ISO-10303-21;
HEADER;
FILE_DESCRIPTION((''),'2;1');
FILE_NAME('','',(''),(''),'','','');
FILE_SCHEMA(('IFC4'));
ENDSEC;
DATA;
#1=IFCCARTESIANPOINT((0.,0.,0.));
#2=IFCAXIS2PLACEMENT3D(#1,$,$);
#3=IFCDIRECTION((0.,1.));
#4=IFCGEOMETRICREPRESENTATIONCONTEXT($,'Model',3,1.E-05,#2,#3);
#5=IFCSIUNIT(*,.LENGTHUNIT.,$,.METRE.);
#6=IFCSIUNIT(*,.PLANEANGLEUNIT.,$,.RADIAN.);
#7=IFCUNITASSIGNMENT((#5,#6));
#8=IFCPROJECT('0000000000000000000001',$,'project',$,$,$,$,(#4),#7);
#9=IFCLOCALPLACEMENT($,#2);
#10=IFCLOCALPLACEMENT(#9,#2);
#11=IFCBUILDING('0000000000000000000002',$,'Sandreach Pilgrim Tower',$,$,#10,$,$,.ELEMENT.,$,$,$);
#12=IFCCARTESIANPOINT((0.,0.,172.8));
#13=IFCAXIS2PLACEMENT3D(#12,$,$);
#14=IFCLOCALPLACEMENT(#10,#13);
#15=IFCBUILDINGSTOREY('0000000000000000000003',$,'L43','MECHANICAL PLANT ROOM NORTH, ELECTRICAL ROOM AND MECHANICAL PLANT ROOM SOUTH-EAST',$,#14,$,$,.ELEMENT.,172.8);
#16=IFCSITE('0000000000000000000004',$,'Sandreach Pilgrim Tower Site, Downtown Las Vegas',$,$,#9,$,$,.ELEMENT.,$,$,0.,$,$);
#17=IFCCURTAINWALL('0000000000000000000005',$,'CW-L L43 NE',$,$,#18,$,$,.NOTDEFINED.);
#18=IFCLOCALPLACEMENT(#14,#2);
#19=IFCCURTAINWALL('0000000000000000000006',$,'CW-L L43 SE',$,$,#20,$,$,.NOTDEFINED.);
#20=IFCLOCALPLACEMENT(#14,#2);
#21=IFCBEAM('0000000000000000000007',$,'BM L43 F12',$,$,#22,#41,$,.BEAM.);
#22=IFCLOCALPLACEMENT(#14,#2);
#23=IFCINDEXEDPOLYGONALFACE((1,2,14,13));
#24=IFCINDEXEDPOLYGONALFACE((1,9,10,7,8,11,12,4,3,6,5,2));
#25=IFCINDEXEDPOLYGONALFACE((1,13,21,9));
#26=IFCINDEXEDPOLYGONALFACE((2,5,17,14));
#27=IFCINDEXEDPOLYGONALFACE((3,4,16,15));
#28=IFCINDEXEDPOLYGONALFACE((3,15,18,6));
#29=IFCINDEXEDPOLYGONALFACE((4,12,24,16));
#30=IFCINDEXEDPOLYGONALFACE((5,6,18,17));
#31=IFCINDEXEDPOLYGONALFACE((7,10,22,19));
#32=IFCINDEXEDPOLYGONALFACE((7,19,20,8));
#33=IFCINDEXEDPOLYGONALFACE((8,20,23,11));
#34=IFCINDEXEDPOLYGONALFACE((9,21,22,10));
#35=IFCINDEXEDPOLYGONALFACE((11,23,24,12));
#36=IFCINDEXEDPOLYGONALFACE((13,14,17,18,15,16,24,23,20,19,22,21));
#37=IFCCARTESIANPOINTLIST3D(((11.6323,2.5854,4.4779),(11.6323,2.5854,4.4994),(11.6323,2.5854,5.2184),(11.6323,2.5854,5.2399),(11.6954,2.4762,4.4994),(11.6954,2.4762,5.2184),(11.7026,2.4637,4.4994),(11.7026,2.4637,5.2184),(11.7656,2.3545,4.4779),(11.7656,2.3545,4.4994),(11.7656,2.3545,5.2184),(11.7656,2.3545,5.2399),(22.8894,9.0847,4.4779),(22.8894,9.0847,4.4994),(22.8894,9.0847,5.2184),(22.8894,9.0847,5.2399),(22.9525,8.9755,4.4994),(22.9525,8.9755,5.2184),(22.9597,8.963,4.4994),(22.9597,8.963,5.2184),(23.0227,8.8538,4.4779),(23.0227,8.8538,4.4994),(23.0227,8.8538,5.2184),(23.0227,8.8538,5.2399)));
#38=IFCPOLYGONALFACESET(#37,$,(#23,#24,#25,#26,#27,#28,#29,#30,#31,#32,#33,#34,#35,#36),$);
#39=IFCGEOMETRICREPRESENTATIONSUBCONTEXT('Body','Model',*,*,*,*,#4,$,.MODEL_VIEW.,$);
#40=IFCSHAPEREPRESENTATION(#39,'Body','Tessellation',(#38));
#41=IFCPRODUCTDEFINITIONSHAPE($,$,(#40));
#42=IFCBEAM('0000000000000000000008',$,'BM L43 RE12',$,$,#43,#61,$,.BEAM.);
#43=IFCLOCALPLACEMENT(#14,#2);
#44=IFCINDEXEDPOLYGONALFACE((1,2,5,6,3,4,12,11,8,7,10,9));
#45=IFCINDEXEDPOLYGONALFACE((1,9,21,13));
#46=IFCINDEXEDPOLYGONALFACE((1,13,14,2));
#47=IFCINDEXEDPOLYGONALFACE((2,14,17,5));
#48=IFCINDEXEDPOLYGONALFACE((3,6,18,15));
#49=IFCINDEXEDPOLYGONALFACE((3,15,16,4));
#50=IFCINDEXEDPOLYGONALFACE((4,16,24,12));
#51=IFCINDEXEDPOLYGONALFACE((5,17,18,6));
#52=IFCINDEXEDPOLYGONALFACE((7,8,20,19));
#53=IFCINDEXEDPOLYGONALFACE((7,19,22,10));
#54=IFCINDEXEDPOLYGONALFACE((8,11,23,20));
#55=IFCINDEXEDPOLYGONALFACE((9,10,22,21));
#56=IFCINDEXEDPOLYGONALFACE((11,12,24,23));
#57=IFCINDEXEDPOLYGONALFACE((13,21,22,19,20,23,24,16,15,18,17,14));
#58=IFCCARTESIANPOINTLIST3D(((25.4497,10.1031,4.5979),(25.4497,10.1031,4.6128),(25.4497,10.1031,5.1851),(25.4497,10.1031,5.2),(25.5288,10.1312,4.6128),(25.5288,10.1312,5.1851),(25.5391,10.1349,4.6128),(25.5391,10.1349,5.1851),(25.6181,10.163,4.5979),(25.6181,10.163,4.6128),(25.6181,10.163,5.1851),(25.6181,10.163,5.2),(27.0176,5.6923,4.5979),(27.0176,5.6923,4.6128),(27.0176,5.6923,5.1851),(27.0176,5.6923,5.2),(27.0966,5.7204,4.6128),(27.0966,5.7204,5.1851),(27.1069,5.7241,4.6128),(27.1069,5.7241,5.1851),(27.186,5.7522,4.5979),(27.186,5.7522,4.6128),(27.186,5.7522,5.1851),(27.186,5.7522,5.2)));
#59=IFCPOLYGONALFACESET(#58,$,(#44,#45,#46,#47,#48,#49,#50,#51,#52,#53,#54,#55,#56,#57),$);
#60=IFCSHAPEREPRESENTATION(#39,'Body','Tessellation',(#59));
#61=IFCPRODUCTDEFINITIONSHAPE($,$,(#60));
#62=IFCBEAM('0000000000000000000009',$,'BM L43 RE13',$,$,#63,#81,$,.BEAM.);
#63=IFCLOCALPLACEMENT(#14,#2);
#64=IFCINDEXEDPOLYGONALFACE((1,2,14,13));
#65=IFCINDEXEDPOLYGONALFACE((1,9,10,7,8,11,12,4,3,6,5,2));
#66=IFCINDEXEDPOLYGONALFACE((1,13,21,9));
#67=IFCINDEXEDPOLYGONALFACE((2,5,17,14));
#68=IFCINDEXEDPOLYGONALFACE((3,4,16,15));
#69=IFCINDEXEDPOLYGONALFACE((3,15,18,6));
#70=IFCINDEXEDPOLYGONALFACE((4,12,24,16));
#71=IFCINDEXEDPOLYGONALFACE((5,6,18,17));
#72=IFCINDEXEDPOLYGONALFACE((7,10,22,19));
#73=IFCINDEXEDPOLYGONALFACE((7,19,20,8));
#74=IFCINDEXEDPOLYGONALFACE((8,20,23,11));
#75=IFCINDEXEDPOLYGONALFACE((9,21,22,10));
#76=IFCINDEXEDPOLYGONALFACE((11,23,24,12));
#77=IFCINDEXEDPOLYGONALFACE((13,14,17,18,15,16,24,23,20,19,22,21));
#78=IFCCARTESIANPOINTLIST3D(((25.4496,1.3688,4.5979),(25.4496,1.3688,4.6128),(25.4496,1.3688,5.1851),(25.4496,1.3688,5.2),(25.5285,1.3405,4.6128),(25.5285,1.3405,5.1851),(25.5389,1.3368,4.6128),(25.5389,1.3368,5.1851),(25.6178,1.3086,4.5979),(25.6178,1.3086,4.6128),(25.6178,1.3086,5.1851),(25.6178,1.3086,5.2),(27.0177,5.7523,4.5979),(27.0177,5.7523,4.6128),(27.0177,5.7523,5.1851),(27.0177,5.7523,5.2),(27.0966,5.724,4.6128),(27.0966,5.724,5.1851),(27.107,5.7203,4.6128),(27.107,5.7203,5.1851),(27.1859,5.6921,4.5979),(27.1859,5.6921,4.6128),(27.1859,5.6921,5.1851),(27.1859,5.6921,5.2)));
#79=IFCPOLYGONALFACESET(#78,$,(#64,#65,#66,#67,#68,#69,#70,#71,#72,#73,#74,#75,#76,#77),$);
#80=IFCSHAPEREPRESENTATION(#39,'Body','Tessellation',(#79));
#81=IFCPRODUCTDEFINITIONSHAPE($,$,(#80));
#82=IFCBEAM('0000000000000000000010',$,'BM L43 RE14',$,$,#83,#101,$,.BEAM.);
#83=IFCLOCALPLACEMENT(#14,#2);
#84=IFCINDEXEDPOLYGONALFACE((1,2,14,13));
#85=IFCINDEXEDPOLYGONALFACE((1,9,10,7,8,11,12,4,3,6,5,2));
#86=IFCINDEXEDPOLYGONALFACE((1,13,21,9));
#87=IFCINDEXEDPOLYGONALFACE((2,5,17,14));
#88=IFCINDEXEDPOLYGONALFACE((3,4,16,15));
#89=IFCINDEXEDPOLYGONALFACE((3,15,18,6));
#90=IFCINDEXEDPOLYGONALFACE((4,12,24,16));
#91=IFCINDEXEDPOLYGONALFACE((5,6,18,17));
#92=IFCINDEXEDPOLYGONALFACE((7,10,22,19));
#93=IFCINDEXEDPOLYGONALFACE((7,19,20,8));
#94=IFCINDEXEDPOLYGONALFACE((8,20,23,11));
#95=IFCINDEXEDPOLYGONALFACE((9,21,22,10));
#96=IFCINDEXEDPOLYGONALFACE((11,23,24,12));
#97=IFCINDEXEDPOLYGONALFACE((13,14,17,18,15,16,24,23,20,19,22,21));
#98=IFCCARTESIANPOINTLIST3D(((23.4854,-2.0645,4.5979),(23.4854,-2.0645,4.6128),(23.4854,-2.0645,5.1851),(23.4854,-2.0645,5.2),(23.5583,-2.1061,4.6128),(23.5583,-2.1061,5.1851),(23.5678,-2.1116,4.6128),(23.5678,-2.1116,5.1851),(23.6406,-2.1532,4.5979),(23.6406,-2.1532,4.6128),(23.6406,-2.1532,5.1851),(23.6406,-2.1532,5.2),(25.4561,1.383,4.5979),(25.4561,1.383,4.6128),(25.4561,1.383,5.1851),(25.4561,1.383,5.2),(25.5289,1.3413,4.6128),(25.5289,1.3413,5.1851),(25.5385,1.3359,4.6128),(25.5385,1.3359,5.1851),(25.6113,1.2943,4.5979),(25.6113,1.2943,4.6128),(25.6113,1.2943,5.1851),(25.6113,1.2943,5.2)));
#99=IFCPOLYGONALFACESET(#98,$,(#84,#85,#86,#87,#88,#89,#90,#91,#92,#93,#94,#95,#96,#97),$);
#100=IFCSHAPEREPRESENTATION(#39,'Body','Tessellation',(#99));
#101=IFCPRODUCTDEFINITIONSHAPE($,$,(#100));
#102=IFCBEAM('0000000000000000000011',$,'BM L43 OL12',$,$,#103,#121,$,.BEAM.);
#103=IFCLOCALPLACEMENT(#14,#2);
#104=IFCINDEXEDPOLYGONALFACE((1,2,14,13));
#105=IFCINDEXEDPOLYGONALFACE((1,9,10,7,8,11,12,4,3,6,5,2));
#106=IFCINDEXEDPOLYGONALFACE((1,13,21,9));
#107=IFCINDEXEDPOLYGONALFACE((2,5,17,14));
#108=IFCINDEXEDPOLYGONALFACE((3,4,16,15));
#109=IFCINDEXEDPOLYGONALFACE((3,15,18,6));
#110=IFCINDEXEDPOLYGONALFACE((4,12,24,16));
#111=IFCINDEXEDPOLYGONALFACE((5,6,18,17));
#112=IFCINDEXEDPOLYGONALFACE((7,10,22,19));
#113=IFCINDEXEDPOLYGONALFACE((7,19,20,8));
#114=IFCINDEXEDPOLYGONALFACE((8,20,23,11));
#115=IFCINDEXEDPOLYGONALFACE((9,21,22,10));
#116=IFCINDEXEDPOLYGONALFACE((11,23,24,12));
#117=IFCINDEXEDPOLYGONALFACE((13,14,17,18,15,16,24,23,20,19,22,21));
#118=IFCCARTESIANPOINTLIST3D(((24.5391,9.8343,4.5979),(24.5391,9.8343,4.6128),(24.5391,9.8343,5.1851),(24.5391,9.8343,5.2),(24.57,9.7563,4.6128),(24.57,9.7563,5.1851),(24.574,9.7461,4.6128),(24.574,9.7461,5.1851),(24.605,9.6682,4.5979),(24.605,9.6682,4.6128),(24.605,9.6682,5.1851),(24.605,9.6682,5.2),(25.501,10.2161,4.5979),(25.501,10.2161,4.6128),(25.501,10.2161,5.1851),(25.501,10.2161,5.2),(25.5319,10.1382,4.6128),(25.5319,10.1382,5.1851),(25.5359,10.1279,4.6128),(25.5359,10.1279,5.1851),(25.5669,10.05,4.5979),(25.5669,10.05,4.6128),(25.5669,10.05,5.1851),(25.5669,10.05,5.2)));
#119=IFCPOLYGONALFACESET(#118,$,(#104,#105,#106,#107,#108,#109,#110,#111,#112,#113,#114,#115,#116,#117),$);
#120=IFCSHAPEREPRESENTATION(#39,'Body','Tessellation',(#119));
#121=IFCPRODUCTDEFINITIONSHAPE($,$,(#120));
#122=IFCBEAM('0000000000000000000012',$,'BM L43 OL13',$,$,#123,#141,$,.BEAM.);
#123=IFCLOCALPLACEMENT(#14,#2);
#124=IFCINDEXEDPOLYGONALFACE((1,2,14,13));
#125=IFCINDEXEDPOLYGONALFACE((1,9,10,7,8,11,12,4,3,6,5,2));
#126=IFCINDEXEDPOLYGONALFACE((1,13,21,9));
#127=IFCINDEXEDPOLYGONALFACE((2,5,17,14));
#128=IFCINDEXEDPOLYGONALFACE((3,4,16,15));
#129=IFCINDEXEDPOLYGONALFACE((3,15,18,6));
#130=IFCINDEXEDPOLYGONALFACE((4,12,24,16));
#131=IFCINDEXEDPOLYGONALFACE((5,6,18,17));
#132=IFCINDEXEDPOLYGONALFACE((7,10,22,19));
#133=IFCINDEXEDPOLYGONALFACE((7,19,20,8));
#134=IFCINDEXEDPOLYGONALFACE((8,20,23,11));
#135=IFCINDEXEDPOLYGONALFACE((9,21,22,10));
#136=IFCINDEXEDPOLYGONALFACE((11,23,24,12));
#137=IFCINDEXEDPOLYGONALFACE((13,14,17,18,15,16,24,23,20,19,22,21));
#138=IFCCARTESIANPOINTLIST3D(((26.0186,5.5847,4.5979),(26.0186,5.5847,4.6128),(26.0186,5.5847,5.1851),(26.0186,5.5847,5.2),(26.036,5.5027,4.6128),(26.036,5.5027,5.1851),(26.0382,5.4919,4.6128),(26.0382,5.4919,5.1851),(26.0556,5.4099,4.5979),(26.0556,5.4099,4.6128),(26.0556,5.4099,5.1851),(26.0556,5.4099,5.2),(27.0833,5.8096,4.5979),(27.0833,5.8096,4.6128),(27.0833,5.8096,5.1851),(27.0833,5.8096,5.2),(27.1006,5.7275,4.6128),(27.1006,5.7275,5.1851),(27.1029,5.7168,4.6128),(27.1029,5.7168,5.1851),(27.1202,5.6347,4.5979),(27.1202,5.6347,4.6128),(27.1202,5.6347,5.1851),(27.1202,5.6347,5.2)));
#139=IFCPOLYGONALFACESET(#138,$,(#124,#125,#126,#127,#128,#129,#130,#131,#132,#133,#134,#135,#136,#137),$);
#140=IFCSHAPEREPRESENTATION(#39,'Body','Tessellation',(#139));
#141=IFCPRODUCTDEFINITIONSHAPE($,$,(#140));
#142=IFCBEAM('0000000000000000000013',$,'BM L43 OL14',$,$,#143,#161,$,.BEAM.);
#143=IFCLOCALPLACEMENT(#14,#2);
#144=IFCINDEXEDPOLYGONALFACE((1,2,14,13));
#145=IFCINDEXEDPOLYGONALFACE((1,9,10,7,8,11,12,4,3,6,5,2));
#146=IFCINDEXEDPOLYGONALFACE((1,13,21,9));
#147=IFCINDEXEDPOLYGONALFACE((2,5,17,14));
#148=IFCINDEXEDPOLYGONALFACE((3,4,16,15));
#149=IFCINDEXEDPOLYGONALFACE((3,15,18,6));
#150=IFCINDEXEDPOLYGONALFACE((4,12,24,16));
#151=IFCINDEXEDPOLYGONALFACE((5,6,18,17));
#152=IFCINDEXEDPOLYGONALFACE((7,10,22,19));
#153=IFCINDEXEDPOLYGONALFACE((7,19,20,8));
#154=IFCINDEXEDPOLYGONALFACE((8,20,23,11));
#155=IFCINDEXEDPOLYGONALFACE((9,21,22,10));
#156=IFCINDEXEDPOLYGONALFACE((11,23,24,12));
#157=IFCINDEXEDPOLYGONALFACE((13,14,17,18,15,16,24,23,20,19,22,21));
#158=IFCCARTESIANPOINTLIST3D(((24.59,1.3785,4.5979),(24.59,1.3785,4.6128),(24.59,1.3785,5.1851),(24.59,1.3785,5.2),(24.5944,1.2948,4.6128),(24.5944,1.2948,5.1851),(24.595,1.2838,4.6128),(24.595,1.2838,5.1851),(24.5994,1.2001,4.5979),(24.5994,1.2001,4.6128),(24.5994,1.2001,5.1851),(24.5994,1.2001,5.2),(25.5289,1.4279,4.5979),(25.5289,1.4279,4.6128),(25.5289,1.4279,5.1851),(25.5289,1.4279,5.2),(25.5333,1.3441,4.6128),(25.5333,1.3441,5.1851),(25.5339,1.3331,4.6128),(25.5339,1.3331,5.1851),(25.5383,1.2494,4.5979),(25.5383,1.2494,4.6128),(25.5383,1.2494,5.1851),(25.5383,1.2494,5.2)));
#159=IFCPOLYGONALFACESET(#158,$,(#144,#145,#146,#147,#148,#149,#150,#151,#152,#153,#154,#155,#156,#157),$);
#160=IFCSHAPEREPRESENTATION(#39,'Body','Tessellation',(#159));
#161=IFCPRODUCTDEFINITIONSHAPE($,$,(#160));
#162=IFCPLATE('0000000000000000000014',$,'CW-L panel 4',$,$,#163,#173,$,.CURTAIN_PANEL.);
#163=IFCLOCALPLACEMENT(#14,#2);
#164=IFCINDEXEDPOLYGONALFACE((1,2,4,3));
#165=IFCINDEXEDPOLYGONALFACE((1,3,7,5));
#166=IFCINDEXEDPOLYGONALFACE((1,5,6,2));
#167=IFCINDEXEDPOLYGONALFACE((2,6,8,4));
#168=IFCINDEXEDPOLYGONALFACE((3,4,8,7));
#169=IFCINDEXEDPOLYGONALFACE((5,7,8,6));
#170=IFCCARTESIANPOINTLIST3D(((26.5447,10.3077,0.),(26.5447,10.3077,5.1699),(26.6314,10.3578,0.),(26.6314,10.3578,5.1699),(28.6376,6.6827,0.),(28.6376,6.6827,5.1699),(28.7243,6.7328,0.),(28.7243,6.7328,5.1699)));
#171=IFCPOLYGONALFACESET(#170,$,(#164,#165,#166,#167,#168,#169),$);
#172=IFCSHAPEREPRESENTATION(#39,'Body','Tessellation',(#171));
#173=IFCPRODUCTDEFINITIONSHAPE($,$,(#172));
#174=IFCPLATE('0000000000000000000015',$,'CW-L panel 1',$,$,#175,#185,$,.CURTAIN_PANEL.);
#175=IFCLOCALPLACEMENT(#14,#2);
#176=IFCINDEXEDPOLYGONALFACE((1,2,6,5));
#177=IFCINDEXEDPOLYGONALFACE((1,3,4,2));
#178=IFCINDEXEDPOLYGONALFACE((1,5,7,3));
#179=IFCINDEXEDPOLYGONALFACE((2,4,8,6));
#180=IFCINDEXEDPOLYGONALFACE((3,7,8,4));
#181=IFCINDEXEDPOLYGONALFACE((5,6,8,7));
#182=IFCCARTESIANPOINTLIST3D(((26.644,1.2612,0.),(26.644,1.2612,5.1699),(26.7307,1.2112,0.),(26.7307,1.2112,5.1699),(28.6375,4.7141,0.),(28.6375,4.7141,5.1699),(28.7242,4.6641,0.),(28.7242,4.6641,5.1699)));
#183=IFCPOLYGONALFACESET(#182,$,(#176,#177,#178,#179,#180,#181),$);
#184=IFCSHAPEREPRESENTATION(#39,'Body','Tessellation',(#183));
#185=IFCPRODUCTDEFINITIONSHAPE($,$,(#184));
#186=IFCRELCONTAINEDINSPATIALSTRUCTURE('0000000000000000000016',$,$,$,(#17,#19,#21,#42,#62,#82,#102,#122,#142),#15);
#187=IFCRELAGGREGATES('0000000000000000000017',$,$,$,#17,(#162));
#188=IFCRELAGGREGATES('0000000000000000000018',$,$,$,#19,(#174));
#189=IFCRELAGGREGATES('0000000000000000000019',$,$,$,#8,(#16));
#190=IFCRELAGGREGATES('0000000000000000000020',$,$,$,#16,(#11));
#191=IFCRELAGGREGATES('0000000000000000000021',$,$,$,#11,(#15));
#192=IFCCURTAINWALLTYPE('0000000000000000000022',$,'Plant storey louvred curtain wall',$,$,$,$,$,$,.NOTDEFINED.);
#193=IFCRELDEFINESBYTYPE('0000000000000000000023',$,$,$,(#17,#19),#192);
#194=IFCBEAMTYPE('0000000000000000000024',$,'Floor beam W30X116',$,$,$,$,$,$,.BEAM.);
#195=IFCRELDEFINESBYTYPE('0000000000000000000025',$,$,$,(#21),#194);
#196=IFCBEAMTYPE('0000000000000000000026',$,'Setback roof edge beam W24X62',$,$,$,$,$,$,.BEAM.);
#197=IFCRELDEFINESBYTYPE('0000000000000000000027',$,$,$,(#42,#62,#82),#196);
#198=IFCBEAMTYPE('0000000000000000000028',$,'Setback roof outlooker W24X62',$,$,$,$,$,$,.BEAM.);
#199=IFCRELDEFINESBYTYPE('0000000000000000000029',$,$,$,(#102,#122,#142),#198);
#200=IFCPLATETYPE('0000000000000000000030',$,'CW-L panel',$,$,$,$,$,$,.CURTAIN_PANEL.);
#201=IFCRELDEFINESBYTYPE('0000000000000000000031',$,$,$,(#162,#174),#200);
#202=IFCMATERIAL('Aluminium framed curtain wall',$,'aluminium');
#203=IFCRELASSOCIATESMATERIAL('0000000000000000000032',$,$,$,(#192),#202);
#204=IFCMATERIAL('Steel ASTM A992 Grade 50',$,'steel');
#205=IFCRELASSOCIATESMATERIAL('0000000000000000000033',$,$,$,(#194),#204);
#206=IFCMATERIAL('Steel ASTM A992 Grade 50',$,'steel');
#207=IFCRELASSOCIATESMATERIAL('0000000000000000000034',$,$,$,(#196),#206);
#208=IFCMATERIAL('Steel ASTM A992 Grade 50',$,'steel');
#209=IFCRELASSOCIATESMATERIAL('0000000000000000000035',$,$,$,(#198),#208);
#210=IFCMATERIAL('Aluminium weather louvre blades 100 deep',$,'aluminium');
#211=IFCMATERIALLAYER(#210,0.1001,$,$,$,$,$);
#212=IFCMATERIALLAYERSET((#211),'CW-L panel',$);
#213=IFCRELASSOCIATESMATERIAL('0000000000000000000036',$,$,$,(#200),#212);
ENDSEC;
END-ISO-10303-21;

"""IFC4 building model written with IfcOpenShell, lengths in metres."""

from ifc_helpers import new_model, si_unit, direction, frame, origin, origin_2d, place, context, subcontext, project, spatial, rectangle, i_section, extrude, material, layer, layer_set, material_profile, profile_set, type_object, element, aggregate, save


model = new_model("IFC4")

# Units and contexts
model_context = context("Model", 3, precision=1e-05, world=origin(), true_north=direction((0.0, 1.0)))
body_context = subcontext(model_context, "Body", "Model", "MODEL_VIEW")
ifc_project = project(units=[si_unit("LENGTHUNIT", "METRE"), si_unit("PLANEANGLEUNIT", "RADIAN")], contexts=[model_context])

# Site, building, storey
site_placement = place(None, origin())
site = spatial("IfcSite", under=ifc_project, at=site_placement, Name="Sandreach Pilgrim Tower Site, Downtown Las Vegas", CompositionType="ELEMENT", RefElevation=0.0)
building_placement = place(site_placement, origin())
building = spatial("IfcBuilding", under=site, at=building_placement, Name="Sandreach Pilgrim Tower", CompositionType="ELEMENT")
storey_placement = place(building_placement, frame((0.0, 0.0, 172.8)))
storey = spatial("IfcBuildingStorey", under=building, at=storey_placement, Name="L43", Description="MECHANICAL PLANT ROOM NORTH, ELECTRICAL ROOM AND MECHANICAL PLANT ROOM SOUTH-EAST", CompositionType="ELEMENT", Elevation=172.8)

# Curtain wall
ifc_material_1 = material(Name="Aluminium framed curtain wall", Category="aluminium")
curtain_wall_type = type_object("IfcCurtainWallType", Name="Plant storey louvred curtain wall", PredefinedType="NOTDEFINED", material=ifc_material_1)
curtain_wall_1_placement = place(storey_placement, origin())
curtain_wall_1 = element("IfcCurtainWall", 1, at=curtain_wall_1_placement, inside=storey, type_object=curtain_wall_type, Name="CW-L L43 NE", PredefinedType="NOTDEFINED")

# Curtain wall
curtain_wall_2_placement = place(storey_placement, origin())
curtain_wall_2 = element("IfcCurtainWall", 2, at=curtain_wall_2_placement, inside=storey, type_object=curtain_wall_type, Name="CW-L L43 SE", PredefinedType="NOTDEFINED")

# Beams
ifc_material_2 = material(Name="Steel ASTM A992 Grade 50", Category="steel")
ifc_material_profile_1 = material_profile(ifc_material_2, i_section(OverallWidth=0.2666, OverallDepth=0.762, WebThickness=0.0144, FlangeThickness=0.0215, at=origin_2d()), Name="W30X116")
ifc_profile_set_1 = profile_set([ifc_material_profile_1], Name="Steel ASTM A992 Grade 50")
beam_type_1 = type_object("IfcBeamType", Name="Floor beam W30X116", PredefinedType="BEAM", material=ifc_profile_set_1)
beam_1_placement = place(storey_placement, frame((22.9561, 8.9692, 4.8589), z_axis=(-0.866026, -0.499999, 0.0), x_axis=(0.499999, -0.866026, 0.0)))
element("IfcBeam", 3, at=beam_1_placement, inside=storey, type_object=beam_type_1, Name="BM L43 F12", PredefinedType="BEAM", context=body_context, shape_type="SweptSolid", body=[
    extrude(i_section(OverallWidth=0.2666, OverallDepth=0.762, WebThickness=0.0144, FlangeThickness=0.0215, at=origin_2d()), origin(), (0.0, 0.0, 1.0), 12.9985),
])
ifc_material_3 = material(Name="Steel ASTM A992 Grade 50", Category="steel")
ifc_material_profile_2 = material_profile(ifc_material_3, i_section(OverallWidth=0.1787, OverallDepth=0.6021, WebThickness=0.011, FlangeThickness=0.0149, at=origin_2d()), Name="W24X62")
ifc_profile_set_2 = profile_set([ifc_material_profile_2], Name="Steel ASTM A992 Grade 50")
beam_type_2 = type_object("IfcBeamType", Name="Setback roof edge beam W24X62", PredefinedType="BEAM", material=ifc_profile_set_2)
beam_2_placement = place(storey_placement, frame((25.5339, 10.1331, 4.8989), z_axis=(0.334925, -0.942245, 0.0), x_axis=(0.942245, 0.334925, 0.0)))
element("IfcBeam", 4, at=beam_2_placement, inside=storey, type_object=beam_type_2, Name="BM L43 RE12", PredefinedType="BEAM", context=body_context, shape_type="SweptSolid", body=[
    extrude(i_section(OverallWidth=0.1787, OverallDepth=0.6021, WebThickness=0.011, FlangeThickness=0.0149, at=origin_2d()), origin(), (0.0, 0.0, 1.0), 4.6812),
])
beam_3_placement = place(storey_placement, frame((27.1018, 5.7222, 4.8989), z_axis=(-0.336825, -0.941567, 0.0), x_axis=(0.941567, -0.336825, 0.0)))
element("IfcBeam", 5, at=beam_3_placement, inside=storey, type_object=beam_type_2, Name="BM L43 RE13", PredefinedType="BEAM", context=body_context, shape_type="SweptSolid", body=[
    extrude(i_section(OverallWidth=0.1787, OverallDepth=0.6021, WebThickness=0.011, FlangeThickness=0.0149, at=origin_2d()), origin(), (0.0, 0.0, 1.0), 4.6555),
])
beam_4_placement = place(storey_placement, frame((25.5337, 1.3386, 4.8989), z_axis=(-0.496271, -0.868167, 0.0), x_axis=(0.868167, -0.496271, 0.0)))
element("IfcBeam", 6, at=beam_4_placement, inside=storey, type_object=beam_type_2, Name="BM L43 RE14", PredefinedType="BEAM", context=body_context, shape_type="SweptSolid", body=[
    extrude(i_section(OverallWidth=0.1787, OverallDepth=0.6021, WebThickness=0.011, FlangeThickness=0.0149, at=origin_2d()), origin(), (0.0, 0.0, 1.0), 3.9709),
])
ifc_material_4 = material(Name="Steel ASTM A992 Grade 50", Category="steel")
ifc_material_profile_3 = material_profile(ifc_material_4, i_section(OverallWidth=0.1787, OverallDepth=0.6021, WebThickness=0.011, FlangeThickness=0.0149, at=origin_2d()), Name="W24X62")
ifc_profile_set_3 = profile_set([ifc_material_profile_3], Name="Steel ASTM A992 Grade 50")
beam_type_3 = type_object("IfcBeamType", Name="Setback roof outlooker W24X62", PredefinedType="BEAM", material=ifc_profile_set_3)
beam_5_placement = place(storey_placement, frame((24.572, 9.7512, 4.8989), z_axis=(0.92945, 0.368949, 0.0), x_axis=(-0.368949, 0.92945, 0.0)))
element("IfcBeam", 7, at=beam_5_placement, inside=storey, type_object=beam_type_3, Name="BM L43 OL12", PredefinedType="BEAM", context=body_context, shape_type="SweptSolid", body=[
    extrude(i_section(OverallWidth=0.1787, OverallDepth=0.6021, WebThickness=0.011, FlangeThickness=0.0149, at=origin_2d()), origin(), (0.0, 0.0, 1.0), 1.0349),
])
beam_6_placement = place(storey_placement, frame((26.0371, 5.4973, 4.8989), z_axis=(0.978419, 0.206632, 0.0), x_axis=(-0.206632, 0.978419, 0.0)))
element("IfcBeam", 8, at=beam_6_placement, inside=storey, type_object=beam_type_3, Name="BM L43 OL13", PredefinedType="BEAM", context=body_context, shape_type="SweptSolid", body=[
    extrude(i_section(OverallWidth=0.1787, OverallDepth=0.6021, WebThickness=0.011, FlangeThickness=0.0149, at=origin_2d()), origin(), (0.0, 0.0, 1.0), 1.0881),
])
beam_7_placement = place(storey_placement, frame((24.5947, 1.2893, 4.8989), z_axis=(0.998624, 0.05245, 0.0), x_axis=(-0.05245, 0.998624, 0.0)))
element("IfcBeam", 9, at=beam_7_placement, inside=storey, type_object=beam_type_3, Name="BM L43 OL14", PredefinedType="BEAM", context=body_context, shape_type="SweptSolid", body=[
    extrude(i_section(OverallWidth=0.1787, OverallDepth=0.6021, WebThickness=0.011, FlangeThickness=0.0149, at=origin_2d()), origin(), (0.0, 0.0, 1.0), 0.9402),
])

# Plates
ifc_material_5 = material(Name="Aluminium weather louvre blades 100 deep", Category="aluminium")
ifc_layer_1 = layer(ifc_material_5, 0.1001)
ifc_layer_set_1 = layer_set([ifc_layer_1], Name="CW-L panel")
plate_type = type_object("IfcPlateType", Name="CW-L panel", PredefinedType="CURTAIN_PANEL", material=ifc_layer_set_1)
plate_1_placement = place(storey_placement, frame((27.6345, 8.5203, 0.0), z_axis=(0.0, 0.0, 1.0), x_axis=(0.5, -0.866025, 0.0)))
plate_1 = element("IfcPlate", 10, at=plate_1_placement, type_object=plate_type, Name="CW-L panel 4", PredefinedType="CURTAIN_PANEL", context=body_context, shape_type="SweptSolid", body=[
    extrude(rectangle(XDim=4.1858, YDim=0.1001, at=origin_2d()), origin(), (0.0, 0.0, 1.0), 5.1699),
])
aggregate(curtain_wall_1, [plate_1])
plate_2_placement = place(storey_placement, frame((27.6841, 2.9626, 0.0), z_axis=(0.0, 0.0, 1.0), x_axis=(-0.5, -0.866025, 0.0)))
plate_2 = element("IfcPlate", 11, at=plate_2_placement, type_object=plate_type, Name="CW-L panel 1", PredefinedType="CURTAIN_PANEL", context=body_context, shape_type="SweptSolid", body=[
    extrude(rectangle(XDim=3.9871, YDim=0.1001, at=origin_2d()), origin(), (0.0, 0.0, 1.0), 5.1699),
])
aggregate(curtain_wall_2, [plate_2])

save(model, "model.ifc")
